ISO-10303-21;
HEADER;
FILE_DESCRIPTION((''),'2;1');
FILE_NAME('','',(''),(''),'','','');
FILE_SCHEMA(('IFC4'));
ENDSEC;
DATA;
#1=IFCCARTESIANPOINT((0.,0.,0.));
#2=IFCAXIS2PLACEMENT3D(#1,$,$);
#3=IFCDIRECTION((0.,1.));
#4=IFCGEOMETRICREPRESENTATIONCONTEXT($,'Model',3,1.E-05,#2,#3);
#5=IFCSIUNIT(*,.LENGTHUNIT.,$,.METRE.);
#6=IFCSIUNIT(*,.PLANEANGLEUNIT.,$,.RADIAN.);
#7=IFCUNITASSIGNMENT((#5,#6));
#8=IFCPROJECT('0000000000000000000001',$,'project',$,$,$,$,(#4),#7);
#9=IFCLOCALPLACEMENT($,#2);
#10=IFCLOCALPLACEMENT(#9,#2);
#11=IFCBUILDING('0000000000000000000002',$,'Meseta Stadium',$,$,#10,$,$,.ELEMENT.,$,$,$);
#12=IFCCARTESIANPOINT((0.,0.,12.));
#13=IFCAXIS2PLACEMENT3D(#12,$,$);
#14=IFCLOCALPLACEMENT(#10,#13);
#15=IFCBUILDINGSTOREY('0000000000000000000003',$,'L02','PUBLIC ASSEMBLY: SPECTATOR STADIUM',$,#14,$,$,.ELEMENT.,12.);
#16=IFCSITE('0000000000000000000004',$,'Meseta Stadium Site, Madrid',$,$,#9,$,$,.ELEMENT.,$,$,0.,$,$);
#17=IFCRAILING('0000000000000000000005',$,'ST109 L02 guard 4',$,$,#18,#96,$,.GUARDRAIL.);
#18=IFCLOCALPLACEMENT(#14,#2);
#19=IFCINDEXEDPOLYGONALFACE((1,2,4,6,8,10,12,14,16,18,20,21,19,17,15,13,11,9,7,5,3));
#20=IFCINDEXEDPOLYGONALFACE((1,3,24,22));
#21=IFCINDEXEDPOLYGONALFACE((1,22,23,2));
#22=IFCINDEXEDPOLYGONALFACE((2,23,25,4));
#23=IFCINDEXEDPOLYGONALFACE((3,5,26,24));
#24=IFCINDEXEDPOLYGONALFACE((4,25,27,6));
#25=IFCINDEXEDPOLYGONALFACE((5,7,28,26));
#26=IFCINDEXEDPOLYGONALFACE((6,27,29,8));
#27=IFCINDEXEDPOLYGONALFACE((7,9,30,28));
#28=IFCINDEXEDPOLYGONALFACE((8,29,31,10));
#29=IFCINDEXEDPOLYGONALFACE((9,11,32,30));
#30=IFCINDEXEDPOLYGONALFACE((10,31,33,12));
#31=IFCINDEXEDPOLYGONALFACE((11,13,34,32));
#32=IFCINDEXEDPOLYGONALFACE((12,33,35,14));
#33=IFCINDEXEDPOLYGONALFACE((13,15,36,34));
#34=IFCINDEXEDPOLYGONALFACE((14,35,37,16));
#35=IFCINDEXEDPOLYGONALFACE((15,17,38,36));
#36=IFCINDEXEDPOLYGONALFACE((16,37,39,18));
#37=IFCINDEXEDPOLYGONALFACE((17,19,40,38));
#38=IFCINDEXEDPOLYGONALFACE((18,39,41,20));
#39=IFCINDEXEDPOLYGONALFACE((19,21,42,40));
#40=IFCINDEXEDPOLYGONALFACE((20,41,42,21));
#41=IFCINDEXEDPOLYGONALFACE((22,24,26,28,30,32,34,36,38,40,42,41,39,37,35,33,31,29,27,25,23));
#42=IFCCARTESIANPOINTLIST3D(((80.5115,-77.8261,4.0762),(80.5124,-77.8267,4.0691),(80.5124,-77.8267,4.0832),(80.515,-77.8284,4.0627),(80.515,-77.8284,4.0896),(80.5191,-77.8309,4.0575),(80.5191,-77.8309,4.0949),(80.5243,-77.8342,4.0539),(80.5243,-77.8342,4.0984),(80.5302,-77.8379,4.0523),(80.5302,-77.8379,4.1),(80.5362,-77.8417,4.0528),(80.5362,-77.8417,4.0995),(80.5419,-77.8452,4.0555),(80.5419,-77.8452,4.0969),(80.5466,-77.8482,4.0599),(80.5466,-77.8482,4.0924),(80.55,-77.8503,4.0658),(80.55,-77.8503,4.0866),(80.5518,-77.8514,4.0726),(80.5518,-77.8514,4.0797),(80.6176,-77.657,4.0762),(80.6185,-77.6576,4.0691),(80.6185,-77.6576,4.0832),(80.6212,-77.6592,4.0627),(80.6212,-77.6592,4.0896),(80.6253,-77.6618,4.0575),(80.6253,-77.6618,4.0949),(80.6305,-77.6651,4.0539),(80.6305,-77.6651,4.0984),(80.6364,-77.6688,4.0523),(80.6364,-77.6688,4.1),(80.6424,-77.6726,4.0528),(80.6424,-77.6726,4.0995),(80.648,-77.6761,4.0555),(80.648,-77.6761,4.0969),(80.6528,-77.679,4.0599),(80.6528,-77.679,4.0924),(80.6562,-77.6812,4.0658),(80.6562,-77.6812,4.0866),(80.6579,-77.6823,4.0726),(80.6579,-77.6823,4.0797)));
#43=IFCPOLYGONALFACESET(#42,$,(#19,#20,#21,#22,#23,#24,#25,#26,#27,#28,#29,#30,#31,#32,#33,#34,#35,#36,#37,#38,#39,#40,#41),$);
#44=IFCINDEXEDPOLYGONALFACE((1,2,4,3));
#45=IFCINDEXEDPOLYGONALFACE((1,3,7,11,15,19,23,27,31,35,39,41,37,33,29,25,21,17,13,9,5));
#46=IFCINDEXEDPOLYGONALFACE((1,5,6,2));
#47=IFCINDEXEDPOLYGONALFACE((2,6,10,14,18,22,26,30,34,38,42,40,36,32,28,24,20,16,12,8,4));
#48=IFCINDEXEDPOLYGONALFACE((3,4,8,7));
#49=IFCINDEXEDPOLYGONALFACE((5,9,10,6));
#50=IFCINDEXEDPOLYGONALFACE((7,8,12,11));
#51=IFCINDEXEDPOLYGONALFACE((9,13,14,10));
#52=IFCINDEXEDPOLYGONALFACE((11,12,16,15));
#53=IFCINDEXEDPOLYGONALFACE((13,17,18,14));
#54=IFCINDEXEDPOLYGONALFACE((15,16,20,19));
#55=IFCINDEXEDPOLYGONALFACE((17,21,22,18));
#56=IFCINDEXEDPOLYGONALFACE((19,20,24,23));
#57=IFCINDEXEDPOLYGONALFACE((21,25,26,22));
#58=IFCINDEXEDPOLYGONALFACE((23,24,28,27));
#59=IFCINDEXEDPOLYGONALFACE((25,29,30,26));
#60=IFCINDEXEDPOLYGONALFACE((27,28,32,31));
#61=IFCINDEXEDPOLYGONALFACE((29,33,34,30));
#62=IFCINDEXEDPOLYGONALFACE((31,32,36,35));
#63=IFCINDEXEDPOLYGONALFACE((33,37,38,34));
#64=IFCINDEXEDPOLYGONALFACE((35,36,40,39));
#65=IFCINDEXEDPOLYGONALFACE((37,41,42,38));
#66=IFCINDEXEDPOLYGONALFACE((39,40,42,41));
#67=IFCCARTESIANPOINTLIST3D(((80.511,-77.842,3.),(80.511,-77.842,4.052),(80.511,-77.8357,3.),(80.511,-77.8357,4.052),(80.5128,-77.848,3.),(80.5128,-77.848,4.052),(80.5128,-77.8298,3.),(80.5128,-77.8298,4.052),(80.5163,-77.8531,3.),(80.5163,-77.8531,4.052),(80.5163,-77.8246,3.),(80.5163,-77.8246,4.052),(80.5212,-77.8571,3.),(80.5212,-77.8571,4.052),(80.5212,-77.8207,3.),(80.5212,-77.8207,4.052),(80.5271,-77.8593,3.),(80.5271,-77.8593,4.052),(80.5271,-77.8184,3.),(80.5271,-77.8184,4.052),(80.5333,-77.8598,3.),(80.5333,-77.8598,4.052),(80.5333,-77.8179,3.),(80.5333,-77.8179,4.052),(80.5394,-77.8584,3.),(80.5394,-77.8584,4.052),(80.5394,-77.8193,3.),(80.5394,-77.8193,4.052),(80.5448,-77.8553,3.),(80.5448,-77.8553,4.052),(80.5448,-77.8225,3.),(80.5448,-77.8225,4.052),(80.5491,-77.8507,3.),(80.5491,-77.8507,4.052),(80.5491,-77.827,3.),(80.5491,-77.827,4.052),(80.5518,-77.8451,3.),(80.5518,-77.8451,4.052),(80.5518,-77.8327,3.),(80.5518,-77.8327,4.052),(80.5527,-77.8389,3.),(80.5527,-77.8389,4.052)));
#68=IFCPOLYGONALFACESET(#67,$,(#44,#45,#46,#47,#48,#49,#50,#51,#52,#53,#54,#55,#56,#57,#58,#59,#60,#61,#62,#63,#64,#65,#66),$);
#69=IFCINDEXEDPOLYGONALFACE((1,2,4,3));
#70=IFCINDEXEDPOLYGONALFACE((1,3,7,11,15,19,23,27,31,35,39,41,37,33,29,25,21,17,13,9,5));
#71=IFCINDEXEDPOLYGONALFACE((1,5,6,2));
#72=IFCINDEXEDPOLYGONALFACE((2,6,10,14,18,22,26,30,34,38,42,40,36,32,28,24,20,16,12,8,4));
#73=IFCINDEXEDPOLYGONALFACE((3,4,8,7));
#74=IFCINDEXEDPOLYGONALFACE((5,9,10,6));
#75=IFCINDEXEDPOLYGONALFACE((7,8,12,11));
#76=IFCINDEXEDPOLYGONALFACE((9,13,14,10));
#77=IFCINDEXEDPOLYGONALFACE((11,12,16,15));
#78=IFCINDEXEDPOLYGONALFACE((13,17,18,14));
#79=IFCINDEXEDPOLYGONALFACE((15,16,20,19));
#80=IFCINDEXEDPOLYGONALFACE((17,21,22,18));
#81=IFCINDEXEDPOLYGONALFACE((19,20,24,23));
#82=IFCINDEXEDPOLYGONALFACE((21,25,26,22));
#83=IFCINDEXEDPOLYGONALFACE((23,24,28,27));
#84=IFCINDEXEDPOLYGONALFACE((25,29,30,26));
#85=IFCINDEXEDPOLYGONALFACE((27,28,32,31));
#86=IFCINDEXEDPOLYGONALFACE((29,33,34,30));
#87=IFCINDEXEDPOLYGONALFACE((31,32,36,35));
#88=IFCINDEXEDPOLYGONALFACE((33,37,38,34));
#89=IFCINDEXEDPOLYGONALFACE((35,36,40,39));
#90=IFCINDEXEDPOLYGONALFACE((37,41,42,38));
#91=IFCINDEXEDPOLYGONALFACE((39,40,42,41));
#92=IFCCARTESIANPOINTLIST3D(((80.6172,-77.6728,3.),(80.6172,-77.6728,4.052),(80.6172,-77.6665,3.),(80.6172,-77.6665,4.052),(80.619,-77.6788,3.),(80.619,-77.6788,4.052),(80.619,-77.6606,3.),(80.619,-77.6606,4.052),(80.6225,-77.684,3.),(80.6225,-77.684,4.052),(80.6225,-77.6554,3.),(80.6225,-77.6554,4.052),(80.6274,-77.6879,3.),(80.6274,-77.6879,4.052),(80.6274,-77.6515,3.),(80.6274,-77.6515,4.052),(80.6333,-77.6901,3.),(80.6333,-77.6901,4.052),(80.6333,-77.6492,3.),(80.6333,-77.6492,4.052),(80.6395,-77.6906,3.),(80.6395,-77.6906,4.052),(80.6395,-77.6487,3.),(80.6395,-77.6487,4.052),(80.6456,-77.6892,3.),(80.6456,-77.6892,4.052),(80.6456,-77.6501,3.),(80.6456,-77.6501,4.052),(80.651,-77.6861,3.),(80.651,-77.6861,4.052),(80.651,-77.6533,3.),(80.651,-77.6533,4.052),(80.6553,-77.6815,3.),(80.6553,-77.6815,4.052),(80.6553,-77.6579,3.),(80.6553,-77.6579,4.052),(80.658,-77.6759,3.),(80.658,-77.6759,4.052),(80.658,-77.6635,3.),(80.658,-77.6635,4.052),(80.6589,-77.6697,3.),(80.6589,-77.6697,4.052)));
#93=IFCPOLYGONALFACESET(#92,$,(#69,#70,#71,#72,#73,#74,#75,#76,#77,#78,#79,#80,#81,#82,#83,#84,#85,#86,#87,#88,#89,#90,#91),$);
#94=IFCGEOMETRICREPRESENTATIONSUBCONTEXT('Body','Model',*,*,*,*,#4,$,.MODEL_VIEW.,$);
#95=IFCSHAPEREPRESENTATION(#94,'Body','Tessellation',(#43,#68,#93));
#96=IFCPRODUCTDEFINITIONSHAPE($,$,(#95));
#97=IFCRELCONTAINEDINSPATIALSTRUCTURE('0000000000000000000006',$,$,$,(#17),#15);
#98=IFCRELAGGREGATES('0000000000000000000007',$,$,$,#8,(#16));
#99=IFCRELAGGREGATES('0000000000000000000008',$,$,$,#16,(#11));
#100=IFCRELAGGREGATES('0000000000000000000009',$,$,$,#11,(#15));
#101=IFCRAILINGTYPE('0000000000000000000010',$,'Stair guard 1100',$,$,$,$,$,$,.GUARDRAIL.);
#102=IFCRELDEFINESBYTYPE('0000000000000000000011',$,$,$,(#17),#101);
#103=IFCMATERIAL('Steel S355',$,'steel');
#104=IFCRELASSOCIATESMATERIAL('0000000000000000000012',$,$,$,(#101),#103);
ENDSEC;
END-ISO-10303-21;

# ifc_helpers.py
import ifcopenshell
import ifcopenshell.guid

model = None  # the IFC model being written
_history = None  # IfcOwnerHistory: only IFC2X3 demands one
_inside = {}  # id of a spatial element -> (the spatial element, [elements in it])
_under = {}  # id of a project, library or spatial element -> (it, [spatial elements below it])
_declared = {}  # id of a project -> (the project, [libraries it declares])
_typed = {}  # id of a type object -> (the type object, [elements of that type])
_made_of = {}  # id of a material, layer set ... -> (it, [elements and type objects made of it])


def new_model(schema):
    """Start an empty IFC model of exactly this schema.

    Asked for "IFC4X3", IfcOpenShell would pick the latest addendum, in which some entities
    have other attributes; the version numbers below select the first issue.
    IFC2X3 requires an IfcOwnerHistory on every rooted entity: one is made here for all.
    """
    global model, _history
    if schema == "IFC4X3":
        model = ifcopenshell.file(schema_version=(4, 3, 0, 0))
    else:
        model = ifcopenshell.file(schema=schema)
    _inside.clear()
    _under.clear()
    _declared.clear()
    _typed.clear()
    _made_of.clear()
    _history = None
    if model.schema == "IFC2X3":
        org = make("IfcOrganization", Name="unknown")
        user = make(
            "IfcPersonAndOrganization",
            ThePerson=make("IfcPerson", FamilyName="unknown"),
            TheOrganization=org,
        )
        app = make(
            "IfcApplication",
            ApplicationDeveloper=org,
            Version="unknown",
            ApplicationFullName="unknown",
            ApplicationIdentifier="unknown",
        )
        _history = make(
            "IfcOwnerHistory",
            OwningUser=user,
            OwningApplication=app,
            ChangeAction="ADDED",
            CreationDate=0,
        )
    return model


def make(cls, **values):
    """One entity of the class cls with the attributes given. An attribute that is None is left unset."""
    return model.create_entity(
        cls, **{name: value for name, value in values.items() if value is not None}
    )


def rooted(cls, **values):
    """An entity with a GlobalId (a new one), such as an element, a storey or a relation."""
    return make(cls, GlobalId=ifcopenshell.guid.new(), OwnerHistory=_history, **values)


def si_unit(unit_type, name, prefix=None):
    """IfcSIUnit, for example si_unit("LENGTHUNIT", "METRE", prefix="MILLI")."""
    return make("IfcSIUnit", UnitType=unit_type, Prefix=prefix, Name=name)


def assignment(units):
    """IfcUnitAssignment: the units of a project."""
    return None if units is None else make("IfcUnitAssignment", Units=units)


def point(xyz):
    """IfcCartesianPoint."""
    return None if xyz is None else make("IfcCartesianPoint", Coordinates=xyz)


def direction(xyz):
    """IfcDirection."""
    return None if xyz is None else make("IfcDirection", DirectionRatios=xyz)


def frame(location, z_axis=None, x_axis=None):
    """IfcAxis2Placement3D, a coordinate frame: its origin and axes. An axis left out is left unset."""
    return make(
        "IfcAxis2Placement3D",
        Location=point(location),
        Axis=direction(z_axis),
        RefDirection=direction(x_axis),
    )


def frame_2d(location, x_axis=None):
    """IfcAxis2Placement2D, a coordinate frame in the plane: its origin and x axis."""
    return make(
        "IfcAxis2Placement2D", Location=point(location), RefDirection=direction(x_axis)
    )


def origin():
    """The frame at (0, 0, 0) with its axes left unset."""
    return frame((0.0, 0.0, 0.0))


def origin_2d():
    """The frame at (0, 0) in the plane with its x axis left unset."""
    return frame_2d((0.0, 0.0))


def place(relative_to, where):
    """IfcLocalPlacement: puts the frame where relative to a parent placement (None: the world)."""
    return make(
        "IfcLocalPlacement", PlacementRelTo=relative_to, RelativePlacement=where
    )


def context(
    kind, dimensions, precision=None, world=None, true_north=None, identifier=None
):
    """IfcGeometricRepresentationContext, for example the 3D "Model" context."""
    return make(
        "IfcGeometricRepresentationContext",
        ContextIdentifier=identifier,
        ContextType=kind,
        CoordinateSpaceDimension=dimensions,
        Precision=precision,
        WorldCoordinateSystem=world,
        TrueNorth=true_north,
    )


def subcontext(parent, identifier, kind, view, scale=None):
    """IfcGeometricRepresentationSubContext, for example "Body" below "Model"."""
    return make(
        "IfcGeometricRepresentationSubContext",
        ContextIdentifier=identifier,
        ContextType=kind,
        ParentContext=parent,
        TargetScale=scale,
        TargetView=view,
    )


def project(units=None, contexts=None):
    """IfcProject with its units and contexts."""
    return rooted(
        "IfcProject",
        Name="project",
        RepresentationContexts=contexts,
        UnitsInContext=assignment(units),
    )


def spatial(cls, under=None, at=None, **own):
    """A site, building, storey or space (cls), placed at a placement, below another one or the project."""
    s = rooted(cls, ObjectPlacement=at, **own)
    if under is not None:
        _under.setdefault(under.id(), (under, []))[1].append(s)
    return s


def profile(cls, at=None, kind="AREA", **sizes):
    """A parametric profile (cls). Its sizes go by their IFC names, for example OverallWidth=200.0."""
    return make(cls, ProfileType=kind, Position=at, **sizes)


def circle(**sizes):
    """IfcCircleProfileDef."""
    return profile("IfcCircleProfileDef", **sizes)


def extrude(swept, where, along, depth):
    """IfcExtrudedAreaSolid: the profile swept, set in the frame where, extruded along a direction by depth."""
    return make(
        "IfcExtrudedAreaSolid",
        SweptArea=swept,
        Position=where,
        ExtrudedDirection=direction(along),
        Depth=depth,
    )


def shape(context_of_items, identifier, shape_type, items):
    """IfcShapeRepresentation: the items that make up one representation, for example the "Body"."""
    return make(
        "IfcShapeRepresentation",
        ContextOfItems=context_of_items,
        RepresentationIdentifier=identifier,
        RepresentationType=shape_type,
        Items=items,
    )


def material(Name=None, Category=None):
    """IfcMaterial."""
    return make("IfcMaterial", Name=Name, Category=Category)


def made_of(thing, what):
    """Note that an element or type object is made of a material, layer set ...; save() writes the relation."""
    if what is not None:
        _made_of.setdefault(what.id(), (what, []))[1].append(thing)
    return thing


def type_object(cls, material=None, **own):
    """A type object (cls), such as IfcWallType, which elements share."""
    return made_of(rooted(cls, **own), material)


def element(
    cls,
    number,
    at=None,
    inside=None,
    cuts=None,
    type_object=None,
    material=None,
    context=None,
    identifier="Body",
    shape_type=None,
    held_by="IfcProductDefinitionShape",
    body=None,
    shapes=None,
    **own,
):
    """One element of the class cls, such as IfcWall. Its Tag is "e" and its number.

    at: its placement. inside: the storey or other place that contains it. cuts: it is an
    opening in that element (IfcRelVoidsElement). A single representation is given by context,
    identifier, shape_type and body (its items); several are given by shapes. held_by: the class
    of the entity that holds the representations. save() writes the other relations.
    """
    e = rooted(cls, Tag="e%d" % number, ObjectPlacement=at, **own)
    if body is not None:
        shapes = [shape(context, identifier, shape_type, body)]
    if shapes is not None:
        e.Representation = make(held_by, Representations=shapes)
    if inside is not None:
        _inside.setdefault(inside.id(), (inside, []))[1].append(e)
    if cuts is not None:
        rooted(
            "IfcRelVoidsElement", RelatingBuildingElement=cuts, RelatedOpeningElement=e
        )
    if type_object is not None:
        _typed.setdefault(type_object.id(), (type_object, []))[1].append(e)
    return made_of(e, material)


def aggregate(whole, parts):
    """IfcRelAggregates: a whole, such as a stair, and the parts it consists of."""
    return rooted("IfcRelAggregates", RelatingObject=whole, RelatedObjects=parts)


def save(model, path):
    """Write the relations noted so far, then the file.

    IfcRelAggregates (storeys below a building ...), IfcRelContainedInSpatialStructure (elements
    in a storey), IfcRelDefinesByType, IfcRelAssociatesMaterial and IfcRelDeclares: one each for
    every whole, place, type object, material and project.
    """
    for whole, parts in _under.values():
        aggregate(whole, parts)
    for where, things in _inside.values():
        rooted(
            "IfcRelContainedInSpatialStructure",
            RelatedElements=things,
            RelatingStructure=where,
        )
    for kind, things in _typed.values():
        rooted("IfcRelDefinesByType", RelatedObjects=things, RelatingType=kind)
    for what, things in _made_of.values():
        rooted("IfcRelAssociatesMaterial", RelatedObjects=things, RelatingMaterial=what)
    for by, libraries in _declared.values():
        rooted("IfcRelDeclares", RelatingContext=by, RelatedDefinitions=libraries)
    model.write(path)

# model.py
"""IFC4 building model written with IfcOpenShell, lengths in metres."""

from ifc_helpers import new_model, si_unit, direction, frame, origin, origin_2d, place, context, subcontext, project, spatial, circle, extrude, material, type_object, element, save


model = new_model("IFC4")

# Units and contexts
model_context = context("Model", 3, precision=1e-05, world=origin(), true_north=direction((0.0, 1.0)))
body_context = subcontext(model_context, "Body", "Model", "MODEL_VIEW")
ifc_project = project(units=[si_unit("LENGTHUNIT", "METRE"), si_unit("PLANEANGLEUNIT", "RADIAN")], contexts=[model_context])

# Site, building, storey
site_placement = place(None, origin())
site = spatial("IfcSite", under=ifc_project, at=site_placement, Name="Meseta Stadium Site, Madrid", CompositionType="ELEMENT", RefElevation=0.0)
building_placement = place(site_placement, origin())
building = spatial("IfcBuilding", under=site, at=building_placement, Name="Meseta Stadium", CompositionType="ELEMENT")
storey_placement = place(building_placement, frame((0.0, 0.0, 12.0)))
storey = spatial("IfcBuildingStorey", under=building, at=storey_placement, Name="L02", Description="PUBLIC ASSEMBLY: SPECTATOR STADIUM", CompositionType="ELEMENT", Elevation=12.0)

# Railing
ifc_material_1 = material(Name="Steel S355", Category="steel")
railing_type_1 = type_object("IfcRailingType", Name="Stair guard 1100", PredefinedType="GUARDRAIL", material=ifc_material_1)
railing_1_placement = place(storey_placement, frame((80.5317, -77.8389, 3.0)))
element("IfcRailing", 1, at=railing_1_placement, inside=storey, type_object=railing_type_1, Name="ST109 L02 guard 4", PredefinedType="GUARDRAIL", context=body_context, shape_type="SweptSolid", body=[
    extrude(circle(Radius=0.0239, at=origin_2d()), frame((0.0, 0.0, 1.0762), z_axis=(0.531646, 0.846967, 0.0), x_axis=(-0.846967, 0.531646, 0.0)), (0.0, 0.0, 1.0), 0.1997),
    extrude(circle(Radius=0.021, at=origin_2d()), origin(), (0.0, 0.0, 1.0), 1.052),
    extrude(circle(Radius=0.021, at=origin_2d()), frame((0.1062, 0.1692, 0.0)), (0.0, 0.0, 1.0), 1.052),
])

save(model, "model.ifc")
